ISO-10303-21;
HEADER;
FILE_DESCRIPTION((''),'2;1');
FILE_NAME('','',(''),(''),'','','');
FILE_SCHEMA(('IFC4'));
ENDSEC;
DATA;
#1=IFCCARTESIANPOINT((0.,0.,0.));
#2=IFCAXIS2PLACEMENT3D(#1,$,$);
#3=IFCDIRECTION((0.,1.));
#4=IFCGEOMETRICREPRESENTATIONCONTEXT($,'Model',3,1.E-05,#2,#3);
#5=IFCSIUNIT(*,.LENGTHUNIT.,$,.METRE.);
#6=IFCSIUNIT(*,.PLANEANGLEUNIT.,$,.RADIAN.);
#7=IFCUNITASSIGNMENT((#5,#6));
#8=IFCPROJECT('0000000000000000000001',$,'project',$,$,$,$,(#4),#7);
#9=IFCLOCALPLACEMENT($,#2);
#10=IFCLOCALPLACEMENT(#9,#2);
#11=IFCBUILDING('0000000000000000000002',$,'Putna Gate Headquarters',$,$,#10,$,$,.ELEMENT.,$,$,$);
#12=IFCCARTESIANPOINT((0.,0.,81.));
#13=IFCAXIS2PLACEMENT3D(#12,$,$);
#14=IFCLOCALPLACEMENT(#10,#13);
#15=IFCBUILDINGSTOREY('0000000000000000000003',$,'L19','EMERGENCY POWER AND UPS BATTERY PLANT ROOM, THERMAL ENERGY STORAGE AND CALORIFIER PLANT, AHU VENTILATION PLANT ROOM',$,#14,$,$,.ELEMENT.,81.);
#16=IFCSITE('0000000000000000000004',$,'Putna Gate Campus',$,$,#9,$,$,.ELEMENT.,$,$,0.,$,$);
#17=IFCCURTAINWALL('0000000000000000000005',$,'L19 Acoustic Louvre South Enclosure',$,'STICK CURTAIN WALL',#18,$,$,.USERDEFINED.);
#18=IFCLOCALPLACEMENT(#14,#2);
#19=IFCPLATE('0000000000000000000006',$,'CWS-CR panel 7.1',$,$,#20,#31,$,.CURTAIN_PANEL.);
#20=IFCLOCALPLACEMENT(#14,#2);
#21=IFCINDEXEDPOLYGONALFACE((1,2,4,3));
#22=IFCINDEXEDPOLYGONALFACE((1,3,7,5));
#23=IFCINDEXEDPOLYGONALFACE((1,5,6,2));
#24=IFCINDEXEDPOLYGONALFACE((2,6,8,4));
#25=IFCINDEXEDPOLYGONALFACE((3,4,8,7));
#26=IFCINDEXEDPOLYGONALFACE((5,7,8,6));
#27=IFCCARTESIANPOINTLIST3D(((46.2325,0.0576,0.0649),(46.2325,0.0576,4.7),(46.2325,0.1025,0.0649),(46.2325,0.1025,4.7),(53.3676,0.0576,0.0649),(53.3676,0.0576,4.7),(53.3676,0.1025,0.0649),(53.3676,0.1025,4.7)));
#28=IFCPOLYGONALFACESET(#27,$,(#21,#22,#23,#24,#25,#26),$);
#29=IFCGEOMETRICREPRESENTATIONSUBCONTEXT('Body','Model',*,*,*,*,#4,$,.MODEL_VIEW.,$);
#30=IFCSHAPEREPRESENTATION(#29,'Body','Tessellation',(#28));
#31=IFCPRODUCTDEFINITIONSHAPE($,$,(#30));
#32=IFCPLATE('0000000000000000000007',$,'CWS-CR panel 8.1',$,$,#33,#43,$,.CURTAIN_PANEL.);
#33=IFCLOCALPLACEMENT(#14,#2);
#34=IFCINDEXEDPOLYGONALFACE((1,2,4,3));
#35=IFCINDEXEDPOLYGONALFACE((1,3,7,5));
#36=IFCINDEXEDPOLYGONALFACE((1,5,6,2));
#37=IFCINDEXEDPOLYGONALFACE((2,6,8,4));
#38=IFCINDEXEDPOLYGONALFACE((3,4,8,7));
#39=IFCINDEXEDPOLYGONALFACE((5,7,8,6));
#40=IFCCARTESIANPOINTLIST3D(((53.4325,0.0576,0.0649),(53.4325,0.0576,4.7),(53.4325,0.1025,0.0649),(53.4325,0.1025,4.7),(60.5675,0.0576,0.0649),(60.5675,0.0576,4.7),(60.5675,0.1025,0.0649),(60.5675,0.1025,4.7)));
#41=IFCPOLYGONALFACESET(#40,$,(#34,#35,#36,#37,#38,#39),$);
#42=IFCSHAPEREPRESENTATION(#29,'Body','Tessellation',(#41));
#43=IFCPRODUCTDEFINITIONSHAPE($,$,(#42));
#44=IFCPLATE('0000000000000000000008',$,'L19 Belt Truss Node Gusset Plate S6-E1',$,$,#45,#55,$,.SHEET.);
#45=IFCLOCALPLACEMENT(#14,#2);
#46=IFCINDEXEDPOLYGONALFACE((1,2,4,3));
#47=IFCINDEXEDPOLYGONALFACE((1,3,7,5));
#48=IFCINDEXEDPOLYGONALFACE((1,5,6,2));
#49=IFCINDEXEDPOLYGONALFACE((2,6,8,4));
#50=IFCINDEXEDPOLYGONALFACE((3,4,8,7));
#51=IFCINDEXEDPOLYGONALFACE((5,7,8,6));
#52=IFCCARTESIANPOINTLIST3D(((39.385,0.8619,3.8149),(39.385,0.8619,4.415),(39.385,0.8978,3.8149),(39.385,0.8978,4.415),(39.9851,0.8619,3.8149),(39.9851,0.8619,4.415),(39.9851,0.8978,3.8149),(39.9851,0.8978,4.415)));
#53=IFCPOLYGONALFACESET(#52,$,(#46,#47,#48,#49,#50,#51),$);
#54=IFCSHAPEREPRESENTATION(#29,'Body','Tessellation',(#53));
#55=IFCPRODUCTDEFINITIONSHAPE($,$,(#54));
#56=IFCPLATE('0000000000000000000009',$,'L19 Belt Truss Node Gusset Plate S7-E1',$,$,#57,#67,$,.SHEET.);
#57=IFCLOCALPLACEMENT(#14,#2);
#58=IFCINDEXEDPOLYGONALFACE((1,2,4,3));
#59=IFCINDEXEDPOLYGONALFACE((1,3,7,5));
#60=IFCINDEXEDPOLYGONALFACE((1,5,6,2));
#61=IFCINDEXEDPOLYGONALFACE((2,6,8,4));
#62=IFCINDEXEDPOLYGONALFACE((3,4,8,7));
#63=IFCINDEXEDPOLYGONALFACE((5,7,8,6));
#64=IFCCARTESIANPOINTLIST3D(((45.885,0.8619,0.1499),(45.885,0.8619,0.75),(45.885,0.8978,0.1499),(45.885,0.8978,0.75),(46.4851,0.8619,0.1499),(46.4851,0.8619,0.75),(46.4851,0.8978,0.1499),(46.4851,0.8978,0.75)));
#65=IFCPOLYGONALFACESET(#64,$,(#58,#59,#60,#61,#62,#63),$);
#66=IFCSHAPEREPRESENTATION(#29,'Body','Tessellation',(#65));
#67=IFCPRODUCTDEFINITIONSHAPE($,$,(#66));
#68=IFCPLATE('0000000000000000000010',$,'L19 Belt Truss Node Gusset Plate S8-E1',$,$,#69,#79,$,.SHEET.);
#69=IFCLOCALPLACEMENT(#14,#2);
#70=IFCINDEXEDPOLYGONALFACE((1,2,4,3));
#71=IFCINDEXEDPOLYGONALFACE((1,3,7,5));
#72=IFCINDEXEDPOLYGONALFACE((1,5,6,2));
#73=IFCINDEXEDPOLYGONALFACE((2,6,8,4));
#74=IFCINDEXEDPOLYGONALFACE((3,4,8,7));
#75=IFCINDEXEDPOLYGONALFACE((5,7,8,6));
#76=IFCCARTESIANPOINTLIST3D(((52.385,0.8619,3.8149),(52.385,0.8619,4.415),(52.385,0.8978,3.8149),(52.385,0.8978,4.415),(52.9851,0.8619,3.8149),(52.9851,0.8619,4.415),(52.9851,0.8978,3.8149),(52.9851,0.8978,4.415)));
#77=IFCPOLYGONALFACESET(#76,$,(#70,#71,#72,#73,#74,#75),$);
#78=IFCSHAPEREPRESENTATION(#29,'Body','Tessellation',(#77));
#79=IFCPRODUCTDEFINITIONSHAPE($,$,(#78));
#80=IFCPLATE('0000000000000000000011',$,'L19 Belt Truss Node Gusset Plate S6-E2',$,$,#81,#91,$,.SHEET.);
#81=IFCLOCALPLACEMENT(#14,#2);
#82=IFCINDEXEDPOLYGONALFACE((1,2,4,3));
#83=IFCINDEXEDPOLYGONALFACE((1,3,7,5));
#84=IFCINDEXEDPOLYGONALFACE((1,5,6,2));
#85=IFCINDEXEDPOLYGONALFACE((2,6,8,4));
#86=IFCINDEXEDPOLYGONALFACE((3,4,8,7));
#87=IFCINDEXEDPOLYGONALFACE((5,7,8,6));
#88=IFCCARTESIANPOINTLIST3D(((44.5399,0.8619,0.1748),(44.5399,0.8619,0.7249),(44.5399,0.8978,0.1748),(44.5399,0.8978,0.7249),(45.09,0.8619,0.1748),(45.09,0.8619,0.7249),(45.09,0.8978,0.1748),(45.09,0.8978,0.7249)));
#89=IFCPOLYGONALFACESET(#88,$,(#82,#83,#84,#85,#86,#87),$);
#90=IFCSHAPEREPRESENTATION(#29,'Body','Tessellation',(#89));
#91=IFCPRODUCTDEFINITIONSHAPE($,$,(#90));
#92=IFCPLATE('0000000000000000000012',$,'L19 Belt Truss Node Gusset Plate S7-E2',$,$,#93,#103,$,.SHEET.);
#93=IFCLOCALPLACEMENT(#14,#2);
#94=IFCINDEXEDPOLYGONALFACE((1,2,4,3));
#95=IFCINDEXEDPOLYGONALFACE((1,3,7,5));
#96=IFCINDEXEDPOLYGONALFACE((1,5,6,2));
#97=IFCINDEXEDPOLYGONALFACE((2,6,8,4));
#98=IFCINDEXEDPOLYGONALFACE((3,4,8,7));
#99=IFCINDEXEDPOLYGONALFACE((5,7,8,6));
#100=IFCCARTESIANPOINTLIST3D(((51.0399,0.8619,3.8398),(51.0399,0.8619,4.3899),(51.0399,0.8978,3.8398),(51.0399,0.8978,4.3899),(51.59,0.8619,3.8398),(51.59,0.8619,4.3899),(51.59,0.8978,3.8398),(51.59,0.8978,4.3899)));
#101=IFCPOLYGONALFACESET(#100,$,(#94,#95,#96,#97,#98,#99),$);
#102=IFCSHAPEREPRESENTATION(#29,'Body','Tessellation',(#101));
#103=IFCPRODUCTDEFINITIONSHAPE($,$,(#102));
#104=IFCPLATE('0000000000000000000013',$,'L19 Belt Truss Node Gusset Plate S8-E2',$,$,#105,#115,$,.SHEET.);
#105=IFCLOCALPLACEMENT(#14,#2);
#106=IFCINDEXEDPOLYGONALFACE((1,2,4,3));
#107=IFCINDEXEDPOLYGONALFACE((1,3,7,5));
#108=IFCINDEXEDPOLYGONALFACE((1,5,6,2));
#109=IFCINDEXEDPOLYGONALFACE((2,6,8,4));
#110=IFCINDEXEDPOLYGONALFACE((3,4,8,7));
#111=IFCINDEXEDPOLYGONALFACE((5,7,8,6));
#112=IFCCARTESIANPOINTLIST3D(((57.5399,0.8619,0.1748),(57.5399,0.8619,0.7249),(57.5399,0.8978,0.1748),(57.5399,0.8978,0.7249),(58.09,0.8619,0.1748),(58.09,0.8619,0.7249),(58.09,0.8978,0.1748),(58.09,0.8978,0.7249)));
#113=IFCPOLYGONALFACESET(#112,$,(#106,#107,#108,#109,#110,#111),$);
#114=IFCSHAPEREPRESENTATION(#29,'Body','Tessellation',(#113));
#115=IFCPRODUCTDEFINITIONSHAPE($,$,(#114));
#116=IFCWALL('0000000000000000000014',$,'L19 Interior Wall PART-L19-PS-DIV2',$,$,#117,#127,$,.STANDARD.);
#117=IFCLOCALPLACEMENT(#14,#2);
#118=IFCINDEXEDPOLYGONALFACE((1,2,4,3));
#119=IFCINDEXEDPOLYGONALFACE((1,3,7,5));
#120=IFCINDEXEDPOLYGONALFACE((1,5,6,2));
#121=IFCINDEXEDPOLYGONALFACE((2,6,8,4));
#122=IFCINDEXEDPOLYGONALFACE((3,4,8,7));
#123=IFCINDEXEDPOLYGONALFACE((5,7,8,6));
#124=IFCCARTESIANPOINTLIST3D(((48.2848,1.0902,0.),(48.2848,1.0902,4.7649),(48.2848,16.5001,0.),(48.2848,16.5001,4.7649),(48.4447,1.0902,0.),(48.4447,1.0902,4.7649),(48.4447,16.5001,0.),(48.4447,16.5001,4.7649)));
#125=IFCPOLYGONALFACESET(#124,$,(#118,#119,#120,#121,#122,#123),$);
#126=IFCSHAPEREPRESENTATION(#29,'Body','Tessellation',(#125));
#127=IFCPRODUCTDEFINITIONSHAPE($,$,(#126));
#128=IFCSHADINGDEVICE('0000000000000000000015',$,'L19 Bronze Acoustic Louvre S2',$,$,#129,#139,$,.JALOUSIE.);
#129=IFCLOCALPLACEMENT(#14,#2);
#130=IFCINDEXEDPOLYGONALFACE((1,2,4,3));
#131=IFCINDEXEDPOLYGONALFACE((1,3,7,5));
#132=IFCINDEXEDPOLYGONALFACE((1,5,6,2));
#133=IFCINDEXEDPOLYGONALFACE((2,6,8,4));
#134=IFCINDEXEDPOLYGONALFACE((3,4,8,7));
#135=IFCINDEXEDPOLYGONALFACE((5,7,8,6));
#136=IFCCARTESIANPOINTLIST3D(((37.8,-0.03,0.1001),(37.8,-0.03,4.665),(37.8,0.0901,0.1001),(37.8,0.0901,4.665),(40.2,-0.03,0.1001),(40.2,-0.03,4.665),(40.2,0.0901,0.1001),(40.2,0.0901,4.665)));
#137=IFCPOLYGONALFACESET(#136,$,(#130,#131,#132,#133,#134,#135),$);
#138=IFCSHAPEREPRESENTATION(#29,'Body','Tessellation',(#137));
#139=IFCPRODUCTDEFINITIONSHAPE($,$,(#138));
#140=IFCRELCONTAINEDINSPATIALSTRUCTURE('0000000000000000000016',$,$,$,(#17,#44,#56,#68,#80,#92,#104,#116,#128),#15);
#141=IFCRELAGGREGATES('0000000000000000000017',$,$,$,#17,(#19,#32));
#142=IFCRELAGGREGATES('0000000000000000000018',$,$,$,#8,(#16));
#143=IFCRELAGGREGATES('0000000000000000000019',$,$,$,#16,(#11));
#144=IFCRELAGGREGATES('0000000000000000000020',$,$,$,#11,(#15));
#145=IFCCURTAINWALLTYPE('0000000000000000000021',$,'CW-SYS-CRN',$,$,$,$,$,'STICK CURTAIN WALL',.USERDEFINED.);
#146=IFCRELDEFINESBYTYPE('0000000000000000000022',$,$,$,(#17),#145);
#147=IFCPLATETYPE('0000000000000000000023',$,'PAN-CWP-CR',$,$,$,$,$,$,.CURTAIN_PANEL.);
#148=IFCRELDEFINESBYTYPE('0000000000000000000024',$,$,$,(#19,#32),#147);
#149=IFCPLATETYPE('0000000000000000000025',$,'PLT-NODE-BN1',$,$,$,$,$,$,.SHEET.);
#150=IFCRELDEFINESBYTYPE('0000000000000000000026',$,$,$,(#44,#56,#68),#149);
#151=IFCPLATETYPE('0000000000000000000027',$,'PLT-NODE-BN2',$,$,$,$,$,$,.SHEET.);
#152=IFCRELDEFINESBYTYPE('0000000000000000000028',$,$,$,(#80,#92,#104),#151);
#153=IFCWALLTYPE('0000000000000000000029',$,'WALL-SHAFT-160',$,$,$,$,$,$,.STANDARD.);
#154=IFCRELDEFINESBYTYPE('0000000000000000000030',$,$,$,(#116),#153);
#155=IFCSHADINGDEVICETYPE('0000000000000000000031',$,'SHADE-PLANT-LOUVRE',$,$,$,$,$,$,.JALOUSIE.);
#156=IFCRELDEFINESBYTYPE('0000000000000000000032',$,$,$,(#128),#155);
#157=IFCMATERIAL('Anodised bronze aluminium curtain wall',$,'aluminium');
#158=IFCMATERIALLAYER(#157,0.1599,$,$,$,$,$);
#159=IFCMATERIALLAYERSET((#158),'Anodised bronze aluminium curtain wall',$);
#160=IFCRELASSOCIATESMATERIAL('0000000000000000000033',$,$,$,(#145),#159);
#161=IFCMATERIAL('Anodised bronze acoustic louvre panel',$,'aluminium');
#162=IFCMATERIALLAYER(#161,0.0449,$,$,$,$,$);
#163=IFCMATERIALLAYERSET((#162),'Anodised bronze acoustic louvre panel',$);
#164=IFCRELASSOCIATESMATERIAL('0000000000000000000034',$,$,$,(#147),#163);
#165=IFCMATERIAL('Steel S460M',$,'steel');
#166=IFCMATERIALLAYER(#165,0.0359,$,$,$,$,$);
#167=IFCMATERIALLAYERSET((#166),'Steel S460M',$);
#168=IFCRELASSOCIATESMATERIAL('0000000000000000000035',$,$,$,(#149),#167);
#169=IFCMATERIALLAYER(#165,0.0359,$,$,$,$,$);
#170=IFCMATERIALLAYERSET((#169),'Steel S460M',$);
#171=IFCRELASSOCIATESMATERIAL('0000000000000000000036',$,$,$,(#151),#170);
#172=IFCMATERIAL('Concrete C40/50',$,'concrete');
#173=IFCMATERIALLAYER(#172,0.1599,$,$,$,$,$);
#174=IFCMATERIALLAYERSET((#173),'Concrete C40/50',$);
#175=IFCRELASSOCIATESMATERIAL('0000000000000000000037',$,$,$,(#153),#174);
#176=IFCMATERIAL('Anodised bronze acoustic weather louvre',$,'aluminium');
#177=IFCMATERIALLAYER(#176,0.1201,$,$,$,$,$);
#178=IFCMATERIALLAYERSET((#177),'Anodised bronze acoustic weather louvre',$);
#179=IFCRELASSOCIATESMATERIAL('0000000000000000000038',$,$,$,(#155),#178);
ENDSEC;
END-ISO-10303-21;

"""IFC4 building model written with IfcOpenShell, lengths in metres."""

from ifc_helpers import new_model, si_unit, direction, frame, frame_2d, origin, origin_2d, place, context, subcontext, project, spatial, rectangle, extrude, material, layer, layer_set, type_object, element, aggregate, save


model = new_model("IFC4")

# Units and contexts
model_context = context("Model", 3, precision=1e-05, world=origin(), true_north=direction((0.0, 1.0)))
body_context = subcontext(model_context, "Body", "Model", "MODEL_VIEW")
ifc_project = project(units=[si_unit("LENGTHUNIT", "METRE"), si_unit("PLANEANGLEUNIT", "RADIAN")], contexts=[model_context])

# Site, building, storey
site_placement = place(None, origin())
site = spatial("IfcSite", under=ifc_project, at=site_placement, Name="Putna Gate Campus", CompositionType="ELEMENT", RefElevation=0.0)
building_placement = place(site_placement, origin())
building = spatial("IfcBuilding", under=site, at=building_placement, Name="Putna Gate Headquarters", CompositionType="ELEMENT")
storey_placement = place(building_placement, frame((0.0, 0.0, 81.0)))
storey = spatial("IfcBuildingStorey", under=building, at=storey_placement, Name="L19", Description="EMERGENCY POWER AND UPS BATTERY PLANT ROOM, THERMAL ENERGY STORAGE AND CALORIFIER PLANT, AHU VENTILATION PLANT ROOM", CompositionType="ELEMENT", Elevation=81.0)

# Shared definitions
ifc_material_1 = material(Name="Steel S460M", Category="steel")

# Curtain wall, plates
ifc_material_2 = material(Name="Anodised bronze aluminium curtain wall", Category="aluminium")
ifc_layer_1 = layer(ifc_material_2, 0.1599)
ifc_layer_set_1 = layer_set([ifc_layer_1], Name="Anodised bronze aluminium curtain wall")
curtain_wall_type = type_object("IfcCurtainWallType", Name="CW-SYS-CRN", ElementType="STICK CURTAIN WALL", PredefinedType="USERDEFINED", material=ifc_layer_set_1)
curtain_wall_placement = place(storey_placement, origin())
curtain_wall = element("IfcCurtainWall", 1, at=curtain_wall_placement, inside=storey, type_object=curtain_wall_type, Name="L19 Acoustic Louvre South Enclosure", ObjectType="STICK CURTAIN WALL", PredefinedType="USERDEFINED")
ifc_material_3 = material(Name="Anodised bronze acoustic louvre panel", Category="aluminium")
ifc_layer_2 = layer(ifc_material_3, 0.0449)
ifc_layer_set_2 = layer_set([ifc_layer_2], Name="Anodised bronze acoustic louvre panel")
plate_type_1 = type_object("IfcPlateType", Name="PAN-CWP-CR", PredefinedType="CURTAIN_PANEL", material=ifc_layer_set_2)
plate_1_placement = place(storey_placement, frame((49.8, 0.0801, 0.0649), z_axis=(0.0, 0.0, 1.0), x_axis=(1.0, 0.0, 0.0)))
plate_1 = element("IfcPlate", 2, at=plate_1_placement, type_object=plate_type_1, Name="CWS-CR panel 7.1", PredefinedType="CURTAIN_PANEL", context=body_context, shape_type="SweptSolid", body=[
    extrude(rectangle(XDim=7.135, YDim=0.0449, at=origin_2d()), origin(), (0.0, 0.0, 1.0), 4.635),
])
plate_2_placement = place(storey_placement, frame((57.0, 0.0801, 0.0649), z_axis=(0.0, 0.0, 1.0), x_axis=(1.0, 0.0, 0.0)))
plate_2 = element("IfcPlate", 3, at=plate_2_placement, type_object=plate_type_1, Name="CWS-CR panel 8.1", PredefinedType="CURTAIN_PANEL", context=body_context, shape_type="SweptSolid", body=[
    extrude(rectangle(XDim=7.135, YDim=0.0449, at=origin_2d()), origin(), (0.0, 0.0, 1.0), 4.635),
])
aggregate(curtain_wall, [plate_1, plate_2])

# Plates
ifc_layer_3 = layer(ifc_material_1, 0.0359)
ifc_layer_set_3 = layer_set([ifc_layer_3], Name="Steel S460M")
plate_type_2 = type_object("IfcPlateType", Name="PLT-NODE-BN1", PredefinedType="SHEET", material=ifc_layer_set_3)
for number, where, z_axis, x_axis, name in (
    (4, (39.6851, 0.8799, 3.8149), (0.0, 0.0, 1.0), (1.0, 0.0, 0.0), "L19 Belt Truss Node Gusset Plate S6-E1"),
    (5, (46.1851, 0.8799, 0.1499), (0.0, 0.0, 1.0), (1.0, 0.0, 0.0), "L19 Belt Truss Node Gusset Plate S7-E1"),
    (6, (52.6851, 0.8799, 3.8149), (0.0, 0.0, 1.0), (1.0, 0.0, 0.0), "L19 Belt Truss Node Gusset Plate S8-E1"),
):
    element("IfcPlate", number, at=place(storey_placement, frame(where, z_axis=z_axis, x_axis=x_axis)), inside=storey, type_object=plate_type_2, Name=name, PredefinedType="SHEET", context=body_context, shape_type="SweptSolid", body=[
        extrude(rectangle(XDim=0.6001, YDim=0.0359, at=origin_2d()), origin(), (0.0, 0.0, 1.0), 0.6001),
    ])
ifc_layer_4 = layer(ifc_material_1, 0.0359)
ifc_layer_set_4 = layer_set([ifc_layer_4], Name="Steel S460M")
plate_type_3 = type_object("IfcPlateType", Name="PLT-NODE-BN2", PredefinedType="SHEET", material=ifc_layer_set_4)
for number, where, z_axis, x_axis, name in (
    (7, (44.8149, 0.8799, 0.1748), (0.0, 0.0, 1.0), (1.0, 0.0, 0.0), "L19 Belt Truss Node Gusset Plate S6-E2"),
    (8, (51.3149, 0.8799, 3.8398), (0.0, 0.0, 1.0), (1.0, 0.0, 0.0), "L19 Belt Truss Node Gusset Plate S7-E2"),
    (9, (57.8149, 0.8799, 0.1748), (0.0, 0.0, 1.0), (1.0, 0.0, 0.0), "L19 Belt Truss Node Gusset Plate S8-E2"),
):
    element("IfcPlate", number, at=place(storey_placement, frame(where, z_axis=z_axis, x_axis=x_axis)), inside=storey, type_object=plate_type_3, Name=name, PredefinedType="SHEET", context=body_context, shape_type="SweptSolid", body=[
        extrude(rectangle(XDim=0.55, YDim=0.0359, at=origin_2d()), origin(), (0.0, 0.0, 1.0), 0.55),
    ])

# Wall
ifc_material_4 = material(Name="Concrete C40/50", Category="concrete")
ifc_layer_5 = layer(ifc_material_4, 0.1599)
ifc_layer_set_5 = layer_set([ifc_layer_5], Name="Concrete C40/50")
wall_type = type_object("IfcWallType", Name="WALL-SHAFT-160", PredefinedType="STANDARD", material=ifc_layer_set_5)
wall_placement = place(storey_placement, frame((48.3647, 1.0901, 0.0), z_axis=(0.0, 0.0, 1.0), x_axis=(0.0, 1.0, 0.0)))
element("IfcWall", 10, at=wall_placement, inside=storey, type_object=wall_type, Name="L19 Interior Wall PART-L19-PS-DIV2", PredefinedType="STANDARD", context=body_context, shape_type="SweptSolid", body=[
    extrude(rectangle(XDim=15.4099, YDim=0.1599, at=frame_2d((7.7051, 0.0))), origin(), (0.0, 0.0, 1.0), 4.7649),
])

# Shading device
ifc_material_5 = material(Name="Anodised bronze acoustic weather louvre", Category="aluminium")
ifc_layer_6 = layer(ifc_material_5, 0.1201)
ifc_layer_set_6 = layer_set([ifc_layer_6], Name="Anodised bronze acoustic weather louvre")
shading_device_type = type_object("IfcShadingDeviceType", Name="SHADE-PLANT-LOUVRE", PredefinedType="JALOUSIE", material=ifc_layer_set_6)
shading_device_placement = place(storey_placement, frame((39.0, 0.03, 0.1001), z_axis=(0.0, 0.0, 1.0), x_axis=(1.0, 0.0, 0.0)))
element("IfcShadingDevice", 11, at=shading_device_placement, inside=storey, type_object=shading_device_type, Name="L19 Bronze Acoustic Louvre S2", PredefinedType="JALOUSIE", context=body_context, shape_type="SweptSolid", body=[
    extrude(rectangle(XDim=2.3999, YDim=0.1201, at=origin_2d()), origin(), (0.0, 0.0, 1.0), 4.5649),
])

save(model, "model.ifc")
